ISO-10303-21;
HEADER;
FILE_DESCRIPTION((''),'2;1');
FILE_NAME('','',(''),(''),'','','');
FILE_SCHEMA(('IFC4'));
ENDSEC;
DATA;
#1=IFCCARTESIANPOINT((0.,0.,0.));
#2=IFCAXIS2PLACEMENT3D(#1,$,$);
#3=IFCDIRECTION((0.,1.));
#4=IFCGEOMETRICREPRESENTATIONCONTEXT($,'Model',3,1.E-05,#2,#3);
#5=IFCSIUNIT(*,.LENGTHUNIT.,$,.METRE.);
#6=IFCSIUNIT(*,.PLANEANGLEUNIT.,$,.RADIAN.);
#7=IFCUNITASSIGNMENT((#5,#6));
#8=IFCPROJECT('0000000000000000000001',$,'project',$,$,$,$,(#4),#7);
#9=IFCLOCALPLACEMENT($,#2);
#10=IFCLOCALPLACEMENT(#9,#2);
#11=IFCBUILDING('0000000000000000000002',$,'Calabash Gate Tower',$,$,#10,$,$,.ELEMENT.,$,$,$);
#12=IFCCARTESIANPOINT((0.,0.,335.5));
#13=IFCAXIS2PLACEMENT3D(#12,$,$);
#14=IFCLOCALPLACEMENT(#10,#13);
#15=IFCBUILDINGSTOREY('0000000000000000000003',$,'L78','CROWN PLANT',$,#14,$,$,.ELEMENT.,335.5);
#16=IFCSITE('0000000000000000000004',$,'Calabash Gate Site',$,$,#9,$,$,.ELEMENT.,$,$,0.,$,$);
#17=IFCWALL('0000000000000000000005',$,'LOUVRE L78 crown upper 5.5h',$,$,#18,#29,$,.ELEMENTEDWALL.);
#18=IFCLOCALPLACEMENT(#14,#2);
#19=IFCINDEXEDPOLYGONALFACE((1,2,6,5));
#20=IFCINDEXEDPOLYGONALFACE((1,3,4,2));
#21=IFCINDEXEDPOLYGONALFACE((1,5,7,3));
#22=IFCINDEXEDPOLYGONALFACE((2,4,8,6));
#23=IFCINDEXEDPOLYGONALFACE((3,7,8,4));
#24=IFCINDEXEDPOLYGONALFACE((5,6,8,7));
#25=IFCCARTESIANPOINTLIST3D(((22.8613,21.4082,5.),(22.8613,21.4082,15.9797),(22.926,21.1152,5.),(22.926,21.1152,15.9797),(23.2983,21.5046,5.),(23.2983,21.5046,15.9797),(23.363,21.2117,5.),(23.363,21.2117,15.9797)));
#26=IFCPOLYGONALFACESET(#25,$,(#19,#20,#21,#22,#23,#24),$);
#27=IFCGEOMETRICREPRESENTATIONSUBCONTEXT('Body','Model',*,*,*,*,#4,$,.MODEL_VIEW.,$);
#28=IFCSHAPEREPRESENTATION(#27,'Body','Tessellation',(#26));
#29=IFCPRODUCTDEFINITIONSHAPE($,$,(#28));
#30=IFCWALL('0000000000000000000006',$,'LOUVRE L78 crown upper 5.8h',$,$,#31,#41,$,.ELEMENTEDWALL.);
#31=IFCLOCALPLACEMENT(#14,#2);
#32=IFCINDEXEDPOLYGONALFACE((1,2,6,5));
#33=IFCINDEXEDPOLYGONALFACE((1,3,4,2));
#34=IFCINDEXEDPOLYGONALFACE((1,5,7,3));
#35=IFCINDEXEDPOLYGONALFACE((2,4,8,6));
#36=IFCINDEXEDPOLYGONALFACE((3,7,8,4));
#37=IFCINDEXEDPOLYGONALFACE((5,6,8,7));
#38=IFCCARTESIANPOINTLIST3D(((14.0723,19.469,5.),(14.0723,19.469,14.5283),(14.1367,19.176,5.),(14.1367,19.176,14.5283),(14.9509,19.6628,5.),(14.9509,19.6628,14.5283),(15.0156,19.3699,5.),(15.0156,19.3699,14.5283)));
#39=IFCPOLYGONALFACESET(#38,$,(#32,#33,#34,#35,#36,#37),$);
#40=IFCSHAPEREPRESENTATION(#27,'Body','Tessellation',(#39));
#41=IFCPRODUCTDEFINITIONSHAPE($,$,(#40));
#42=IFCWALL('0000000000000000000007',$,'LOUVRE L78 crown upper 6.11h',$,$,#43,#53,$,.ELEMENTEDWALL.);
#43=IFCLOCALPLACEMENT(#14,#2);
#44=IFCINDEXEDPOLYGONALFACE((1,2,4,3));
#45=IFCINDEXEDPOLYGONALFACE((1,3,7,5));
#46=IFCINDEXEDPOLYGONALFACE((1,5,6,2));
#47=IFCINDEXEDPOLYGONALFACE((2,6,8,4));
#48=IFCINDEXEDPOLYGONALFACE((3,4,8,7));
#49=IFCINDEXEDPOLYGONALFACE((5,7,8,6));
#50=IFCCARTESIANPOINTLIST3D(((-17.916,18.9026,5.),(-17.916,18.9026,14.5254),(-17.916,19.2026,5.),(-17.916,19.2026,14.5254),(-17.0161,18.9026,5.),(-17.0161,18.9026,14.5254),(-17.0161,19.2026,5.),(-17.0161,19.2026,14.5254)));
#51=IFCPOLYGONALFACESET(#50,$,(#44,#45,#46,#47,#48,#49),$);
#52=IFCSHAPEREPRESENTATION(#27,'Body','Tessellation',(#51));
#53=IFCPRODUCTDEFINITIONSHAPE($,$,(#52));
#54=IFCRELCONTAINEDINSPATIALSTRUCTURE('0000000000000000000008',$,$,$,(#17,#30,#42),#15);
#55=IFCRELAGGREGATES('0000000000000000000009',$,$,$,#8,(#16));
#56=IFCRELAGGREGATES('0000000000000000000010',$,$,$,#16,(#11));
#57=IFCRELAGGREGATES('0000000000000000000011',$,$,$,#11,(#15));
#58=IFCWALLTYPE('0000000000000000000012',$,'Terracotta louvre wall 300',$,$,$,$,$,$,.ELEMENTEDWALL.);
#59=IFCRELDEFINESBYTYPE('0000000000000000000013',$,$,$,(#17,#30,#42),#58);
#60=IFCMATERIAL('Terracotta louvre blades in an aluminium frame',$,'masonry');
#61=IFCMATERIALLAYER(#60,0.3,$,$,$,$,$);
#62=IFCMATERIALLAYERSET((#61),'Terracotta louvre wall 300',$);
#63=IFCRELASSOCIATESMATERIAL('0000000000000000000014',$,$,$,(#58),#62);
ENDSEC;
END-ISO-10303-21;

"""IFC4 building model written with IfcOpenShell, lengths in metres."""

from ifc_helpers import new_model, si_unit, direction, frame, origin, place, context, subcontext, project, spatial, polyline, outline, extrude, material, layer, layer_set, type_object, element, save


model = new_model("IFC4")

# Units and contexts
model_context = context("Model", 3, precision=1e-05, world=origin(), true_north=direction((0.0, 1.0)))
body_context = subcontext(model_context, "Body", "Model", "MODEL_VIEW")
ifc_project = project(units=[si_unit("LENGTHUNIT", "METRE"), si_unit("PLANEANGLEUNIT", "RADIAN")], contexts=[model_context])

# Site, building, storey
site_placement = place(None, origin())
site = spatial("IfcSite", under=ifc_project, at=site_placement, Name="Calabash Gate Site", CompositionType="ELEMENT", RefElevation=0.0)
building_placement = place(site_placement, origin())
building = spatial("IfcBuilding", under=site, at=building_placement, Name="Calabash Gate Tower", CompositionType="ELEMENT")
storey_placement = place(building_placement, frame((0.0, 0.0, 335.5)))
storey = spatial("IfcBuildingStorey", under=building, at=storey_placement, Name="L78", Description="CROWN PLANT", CompositionType="ELEMENT", Elevation=335.5)

# Walls
ifc_material_1 = material(Name="Terracotta louvre blades in an aluminium frame", Category="masonry")
ifc_layer_1 = layer(ifc_material_1, 0.3)
ifc_layer_set_1 = layer_set([ifc_layer_1], Name="Terracotta louvre wall 300")
wall_type_1 = type_object("IfcWallType", Name="Terracotta louvre wall 300", PredefinedType="ELEMENTEDWALL", material=ifc_layer_set_1)
wall_1_placement = place(storey_placement, frame((0.0, 0.0, 5.0)))
element("IfcWall", 1, at=wall_1_placement, inside=storey, type_object=wall_type_1, Name="LOUVRE L78 crown upper 5.5h", PredefinedType="ELEMENTEDWALL", context=body_context, shape_type="SweptSolid", body=[
    extrude(outline(polyline([(23.2983, 21.5046), (22.8613, 21.4082), (22.926, 21.1152), (23.363, 21.2117), (23.2983, 21.5046)])), origin(), (0.0, 0.0, 1.0), 10.9797),
])
wall_2_placement = place(storey_placement, frame((0.0, 0.0, 5.0)))
element("IfcWall", 2, at=wall_2_placement, inside=storey, type_object=wall_type_1, Name="LOUVRE L78 crown upper 5.8h", PredefinedType="ELEMENTEDWALL", context=body_context, shape_type="SweptSolid", body=[
    extrude(outline(polyline([(14.1367, 19.176), (15.0156, 19.3699), (14.9509, 19.6628), (14.0723, 19.469), (14.1367, 19.176)])), origin(), (0.0, 0.0, 1.0), 9.5283),
])
wall_3_placement = place(storey_placement, frame((0.0, 0.0, 5.0)))
element("IfcWall", 3, at=wall_3_placement, inside=storey, type_object=wall_type_1, Name="LOUVRE L78 crown upper 6.11h", PredefinedType="ELEMENTEDWALL", context=body_context, shape_type="SweptSolid", body=[
    extrude(outline(polyline([(-17.0161, 19.2026), (-17.916, 19.2026), (-17.916, 18.9026), (-17.0161, 18.9026), (-17.0161, 19.2026)])), origin(), (0.0, 0.0, 1.0), 9.5254),
])

save(model, "model.ifc")
